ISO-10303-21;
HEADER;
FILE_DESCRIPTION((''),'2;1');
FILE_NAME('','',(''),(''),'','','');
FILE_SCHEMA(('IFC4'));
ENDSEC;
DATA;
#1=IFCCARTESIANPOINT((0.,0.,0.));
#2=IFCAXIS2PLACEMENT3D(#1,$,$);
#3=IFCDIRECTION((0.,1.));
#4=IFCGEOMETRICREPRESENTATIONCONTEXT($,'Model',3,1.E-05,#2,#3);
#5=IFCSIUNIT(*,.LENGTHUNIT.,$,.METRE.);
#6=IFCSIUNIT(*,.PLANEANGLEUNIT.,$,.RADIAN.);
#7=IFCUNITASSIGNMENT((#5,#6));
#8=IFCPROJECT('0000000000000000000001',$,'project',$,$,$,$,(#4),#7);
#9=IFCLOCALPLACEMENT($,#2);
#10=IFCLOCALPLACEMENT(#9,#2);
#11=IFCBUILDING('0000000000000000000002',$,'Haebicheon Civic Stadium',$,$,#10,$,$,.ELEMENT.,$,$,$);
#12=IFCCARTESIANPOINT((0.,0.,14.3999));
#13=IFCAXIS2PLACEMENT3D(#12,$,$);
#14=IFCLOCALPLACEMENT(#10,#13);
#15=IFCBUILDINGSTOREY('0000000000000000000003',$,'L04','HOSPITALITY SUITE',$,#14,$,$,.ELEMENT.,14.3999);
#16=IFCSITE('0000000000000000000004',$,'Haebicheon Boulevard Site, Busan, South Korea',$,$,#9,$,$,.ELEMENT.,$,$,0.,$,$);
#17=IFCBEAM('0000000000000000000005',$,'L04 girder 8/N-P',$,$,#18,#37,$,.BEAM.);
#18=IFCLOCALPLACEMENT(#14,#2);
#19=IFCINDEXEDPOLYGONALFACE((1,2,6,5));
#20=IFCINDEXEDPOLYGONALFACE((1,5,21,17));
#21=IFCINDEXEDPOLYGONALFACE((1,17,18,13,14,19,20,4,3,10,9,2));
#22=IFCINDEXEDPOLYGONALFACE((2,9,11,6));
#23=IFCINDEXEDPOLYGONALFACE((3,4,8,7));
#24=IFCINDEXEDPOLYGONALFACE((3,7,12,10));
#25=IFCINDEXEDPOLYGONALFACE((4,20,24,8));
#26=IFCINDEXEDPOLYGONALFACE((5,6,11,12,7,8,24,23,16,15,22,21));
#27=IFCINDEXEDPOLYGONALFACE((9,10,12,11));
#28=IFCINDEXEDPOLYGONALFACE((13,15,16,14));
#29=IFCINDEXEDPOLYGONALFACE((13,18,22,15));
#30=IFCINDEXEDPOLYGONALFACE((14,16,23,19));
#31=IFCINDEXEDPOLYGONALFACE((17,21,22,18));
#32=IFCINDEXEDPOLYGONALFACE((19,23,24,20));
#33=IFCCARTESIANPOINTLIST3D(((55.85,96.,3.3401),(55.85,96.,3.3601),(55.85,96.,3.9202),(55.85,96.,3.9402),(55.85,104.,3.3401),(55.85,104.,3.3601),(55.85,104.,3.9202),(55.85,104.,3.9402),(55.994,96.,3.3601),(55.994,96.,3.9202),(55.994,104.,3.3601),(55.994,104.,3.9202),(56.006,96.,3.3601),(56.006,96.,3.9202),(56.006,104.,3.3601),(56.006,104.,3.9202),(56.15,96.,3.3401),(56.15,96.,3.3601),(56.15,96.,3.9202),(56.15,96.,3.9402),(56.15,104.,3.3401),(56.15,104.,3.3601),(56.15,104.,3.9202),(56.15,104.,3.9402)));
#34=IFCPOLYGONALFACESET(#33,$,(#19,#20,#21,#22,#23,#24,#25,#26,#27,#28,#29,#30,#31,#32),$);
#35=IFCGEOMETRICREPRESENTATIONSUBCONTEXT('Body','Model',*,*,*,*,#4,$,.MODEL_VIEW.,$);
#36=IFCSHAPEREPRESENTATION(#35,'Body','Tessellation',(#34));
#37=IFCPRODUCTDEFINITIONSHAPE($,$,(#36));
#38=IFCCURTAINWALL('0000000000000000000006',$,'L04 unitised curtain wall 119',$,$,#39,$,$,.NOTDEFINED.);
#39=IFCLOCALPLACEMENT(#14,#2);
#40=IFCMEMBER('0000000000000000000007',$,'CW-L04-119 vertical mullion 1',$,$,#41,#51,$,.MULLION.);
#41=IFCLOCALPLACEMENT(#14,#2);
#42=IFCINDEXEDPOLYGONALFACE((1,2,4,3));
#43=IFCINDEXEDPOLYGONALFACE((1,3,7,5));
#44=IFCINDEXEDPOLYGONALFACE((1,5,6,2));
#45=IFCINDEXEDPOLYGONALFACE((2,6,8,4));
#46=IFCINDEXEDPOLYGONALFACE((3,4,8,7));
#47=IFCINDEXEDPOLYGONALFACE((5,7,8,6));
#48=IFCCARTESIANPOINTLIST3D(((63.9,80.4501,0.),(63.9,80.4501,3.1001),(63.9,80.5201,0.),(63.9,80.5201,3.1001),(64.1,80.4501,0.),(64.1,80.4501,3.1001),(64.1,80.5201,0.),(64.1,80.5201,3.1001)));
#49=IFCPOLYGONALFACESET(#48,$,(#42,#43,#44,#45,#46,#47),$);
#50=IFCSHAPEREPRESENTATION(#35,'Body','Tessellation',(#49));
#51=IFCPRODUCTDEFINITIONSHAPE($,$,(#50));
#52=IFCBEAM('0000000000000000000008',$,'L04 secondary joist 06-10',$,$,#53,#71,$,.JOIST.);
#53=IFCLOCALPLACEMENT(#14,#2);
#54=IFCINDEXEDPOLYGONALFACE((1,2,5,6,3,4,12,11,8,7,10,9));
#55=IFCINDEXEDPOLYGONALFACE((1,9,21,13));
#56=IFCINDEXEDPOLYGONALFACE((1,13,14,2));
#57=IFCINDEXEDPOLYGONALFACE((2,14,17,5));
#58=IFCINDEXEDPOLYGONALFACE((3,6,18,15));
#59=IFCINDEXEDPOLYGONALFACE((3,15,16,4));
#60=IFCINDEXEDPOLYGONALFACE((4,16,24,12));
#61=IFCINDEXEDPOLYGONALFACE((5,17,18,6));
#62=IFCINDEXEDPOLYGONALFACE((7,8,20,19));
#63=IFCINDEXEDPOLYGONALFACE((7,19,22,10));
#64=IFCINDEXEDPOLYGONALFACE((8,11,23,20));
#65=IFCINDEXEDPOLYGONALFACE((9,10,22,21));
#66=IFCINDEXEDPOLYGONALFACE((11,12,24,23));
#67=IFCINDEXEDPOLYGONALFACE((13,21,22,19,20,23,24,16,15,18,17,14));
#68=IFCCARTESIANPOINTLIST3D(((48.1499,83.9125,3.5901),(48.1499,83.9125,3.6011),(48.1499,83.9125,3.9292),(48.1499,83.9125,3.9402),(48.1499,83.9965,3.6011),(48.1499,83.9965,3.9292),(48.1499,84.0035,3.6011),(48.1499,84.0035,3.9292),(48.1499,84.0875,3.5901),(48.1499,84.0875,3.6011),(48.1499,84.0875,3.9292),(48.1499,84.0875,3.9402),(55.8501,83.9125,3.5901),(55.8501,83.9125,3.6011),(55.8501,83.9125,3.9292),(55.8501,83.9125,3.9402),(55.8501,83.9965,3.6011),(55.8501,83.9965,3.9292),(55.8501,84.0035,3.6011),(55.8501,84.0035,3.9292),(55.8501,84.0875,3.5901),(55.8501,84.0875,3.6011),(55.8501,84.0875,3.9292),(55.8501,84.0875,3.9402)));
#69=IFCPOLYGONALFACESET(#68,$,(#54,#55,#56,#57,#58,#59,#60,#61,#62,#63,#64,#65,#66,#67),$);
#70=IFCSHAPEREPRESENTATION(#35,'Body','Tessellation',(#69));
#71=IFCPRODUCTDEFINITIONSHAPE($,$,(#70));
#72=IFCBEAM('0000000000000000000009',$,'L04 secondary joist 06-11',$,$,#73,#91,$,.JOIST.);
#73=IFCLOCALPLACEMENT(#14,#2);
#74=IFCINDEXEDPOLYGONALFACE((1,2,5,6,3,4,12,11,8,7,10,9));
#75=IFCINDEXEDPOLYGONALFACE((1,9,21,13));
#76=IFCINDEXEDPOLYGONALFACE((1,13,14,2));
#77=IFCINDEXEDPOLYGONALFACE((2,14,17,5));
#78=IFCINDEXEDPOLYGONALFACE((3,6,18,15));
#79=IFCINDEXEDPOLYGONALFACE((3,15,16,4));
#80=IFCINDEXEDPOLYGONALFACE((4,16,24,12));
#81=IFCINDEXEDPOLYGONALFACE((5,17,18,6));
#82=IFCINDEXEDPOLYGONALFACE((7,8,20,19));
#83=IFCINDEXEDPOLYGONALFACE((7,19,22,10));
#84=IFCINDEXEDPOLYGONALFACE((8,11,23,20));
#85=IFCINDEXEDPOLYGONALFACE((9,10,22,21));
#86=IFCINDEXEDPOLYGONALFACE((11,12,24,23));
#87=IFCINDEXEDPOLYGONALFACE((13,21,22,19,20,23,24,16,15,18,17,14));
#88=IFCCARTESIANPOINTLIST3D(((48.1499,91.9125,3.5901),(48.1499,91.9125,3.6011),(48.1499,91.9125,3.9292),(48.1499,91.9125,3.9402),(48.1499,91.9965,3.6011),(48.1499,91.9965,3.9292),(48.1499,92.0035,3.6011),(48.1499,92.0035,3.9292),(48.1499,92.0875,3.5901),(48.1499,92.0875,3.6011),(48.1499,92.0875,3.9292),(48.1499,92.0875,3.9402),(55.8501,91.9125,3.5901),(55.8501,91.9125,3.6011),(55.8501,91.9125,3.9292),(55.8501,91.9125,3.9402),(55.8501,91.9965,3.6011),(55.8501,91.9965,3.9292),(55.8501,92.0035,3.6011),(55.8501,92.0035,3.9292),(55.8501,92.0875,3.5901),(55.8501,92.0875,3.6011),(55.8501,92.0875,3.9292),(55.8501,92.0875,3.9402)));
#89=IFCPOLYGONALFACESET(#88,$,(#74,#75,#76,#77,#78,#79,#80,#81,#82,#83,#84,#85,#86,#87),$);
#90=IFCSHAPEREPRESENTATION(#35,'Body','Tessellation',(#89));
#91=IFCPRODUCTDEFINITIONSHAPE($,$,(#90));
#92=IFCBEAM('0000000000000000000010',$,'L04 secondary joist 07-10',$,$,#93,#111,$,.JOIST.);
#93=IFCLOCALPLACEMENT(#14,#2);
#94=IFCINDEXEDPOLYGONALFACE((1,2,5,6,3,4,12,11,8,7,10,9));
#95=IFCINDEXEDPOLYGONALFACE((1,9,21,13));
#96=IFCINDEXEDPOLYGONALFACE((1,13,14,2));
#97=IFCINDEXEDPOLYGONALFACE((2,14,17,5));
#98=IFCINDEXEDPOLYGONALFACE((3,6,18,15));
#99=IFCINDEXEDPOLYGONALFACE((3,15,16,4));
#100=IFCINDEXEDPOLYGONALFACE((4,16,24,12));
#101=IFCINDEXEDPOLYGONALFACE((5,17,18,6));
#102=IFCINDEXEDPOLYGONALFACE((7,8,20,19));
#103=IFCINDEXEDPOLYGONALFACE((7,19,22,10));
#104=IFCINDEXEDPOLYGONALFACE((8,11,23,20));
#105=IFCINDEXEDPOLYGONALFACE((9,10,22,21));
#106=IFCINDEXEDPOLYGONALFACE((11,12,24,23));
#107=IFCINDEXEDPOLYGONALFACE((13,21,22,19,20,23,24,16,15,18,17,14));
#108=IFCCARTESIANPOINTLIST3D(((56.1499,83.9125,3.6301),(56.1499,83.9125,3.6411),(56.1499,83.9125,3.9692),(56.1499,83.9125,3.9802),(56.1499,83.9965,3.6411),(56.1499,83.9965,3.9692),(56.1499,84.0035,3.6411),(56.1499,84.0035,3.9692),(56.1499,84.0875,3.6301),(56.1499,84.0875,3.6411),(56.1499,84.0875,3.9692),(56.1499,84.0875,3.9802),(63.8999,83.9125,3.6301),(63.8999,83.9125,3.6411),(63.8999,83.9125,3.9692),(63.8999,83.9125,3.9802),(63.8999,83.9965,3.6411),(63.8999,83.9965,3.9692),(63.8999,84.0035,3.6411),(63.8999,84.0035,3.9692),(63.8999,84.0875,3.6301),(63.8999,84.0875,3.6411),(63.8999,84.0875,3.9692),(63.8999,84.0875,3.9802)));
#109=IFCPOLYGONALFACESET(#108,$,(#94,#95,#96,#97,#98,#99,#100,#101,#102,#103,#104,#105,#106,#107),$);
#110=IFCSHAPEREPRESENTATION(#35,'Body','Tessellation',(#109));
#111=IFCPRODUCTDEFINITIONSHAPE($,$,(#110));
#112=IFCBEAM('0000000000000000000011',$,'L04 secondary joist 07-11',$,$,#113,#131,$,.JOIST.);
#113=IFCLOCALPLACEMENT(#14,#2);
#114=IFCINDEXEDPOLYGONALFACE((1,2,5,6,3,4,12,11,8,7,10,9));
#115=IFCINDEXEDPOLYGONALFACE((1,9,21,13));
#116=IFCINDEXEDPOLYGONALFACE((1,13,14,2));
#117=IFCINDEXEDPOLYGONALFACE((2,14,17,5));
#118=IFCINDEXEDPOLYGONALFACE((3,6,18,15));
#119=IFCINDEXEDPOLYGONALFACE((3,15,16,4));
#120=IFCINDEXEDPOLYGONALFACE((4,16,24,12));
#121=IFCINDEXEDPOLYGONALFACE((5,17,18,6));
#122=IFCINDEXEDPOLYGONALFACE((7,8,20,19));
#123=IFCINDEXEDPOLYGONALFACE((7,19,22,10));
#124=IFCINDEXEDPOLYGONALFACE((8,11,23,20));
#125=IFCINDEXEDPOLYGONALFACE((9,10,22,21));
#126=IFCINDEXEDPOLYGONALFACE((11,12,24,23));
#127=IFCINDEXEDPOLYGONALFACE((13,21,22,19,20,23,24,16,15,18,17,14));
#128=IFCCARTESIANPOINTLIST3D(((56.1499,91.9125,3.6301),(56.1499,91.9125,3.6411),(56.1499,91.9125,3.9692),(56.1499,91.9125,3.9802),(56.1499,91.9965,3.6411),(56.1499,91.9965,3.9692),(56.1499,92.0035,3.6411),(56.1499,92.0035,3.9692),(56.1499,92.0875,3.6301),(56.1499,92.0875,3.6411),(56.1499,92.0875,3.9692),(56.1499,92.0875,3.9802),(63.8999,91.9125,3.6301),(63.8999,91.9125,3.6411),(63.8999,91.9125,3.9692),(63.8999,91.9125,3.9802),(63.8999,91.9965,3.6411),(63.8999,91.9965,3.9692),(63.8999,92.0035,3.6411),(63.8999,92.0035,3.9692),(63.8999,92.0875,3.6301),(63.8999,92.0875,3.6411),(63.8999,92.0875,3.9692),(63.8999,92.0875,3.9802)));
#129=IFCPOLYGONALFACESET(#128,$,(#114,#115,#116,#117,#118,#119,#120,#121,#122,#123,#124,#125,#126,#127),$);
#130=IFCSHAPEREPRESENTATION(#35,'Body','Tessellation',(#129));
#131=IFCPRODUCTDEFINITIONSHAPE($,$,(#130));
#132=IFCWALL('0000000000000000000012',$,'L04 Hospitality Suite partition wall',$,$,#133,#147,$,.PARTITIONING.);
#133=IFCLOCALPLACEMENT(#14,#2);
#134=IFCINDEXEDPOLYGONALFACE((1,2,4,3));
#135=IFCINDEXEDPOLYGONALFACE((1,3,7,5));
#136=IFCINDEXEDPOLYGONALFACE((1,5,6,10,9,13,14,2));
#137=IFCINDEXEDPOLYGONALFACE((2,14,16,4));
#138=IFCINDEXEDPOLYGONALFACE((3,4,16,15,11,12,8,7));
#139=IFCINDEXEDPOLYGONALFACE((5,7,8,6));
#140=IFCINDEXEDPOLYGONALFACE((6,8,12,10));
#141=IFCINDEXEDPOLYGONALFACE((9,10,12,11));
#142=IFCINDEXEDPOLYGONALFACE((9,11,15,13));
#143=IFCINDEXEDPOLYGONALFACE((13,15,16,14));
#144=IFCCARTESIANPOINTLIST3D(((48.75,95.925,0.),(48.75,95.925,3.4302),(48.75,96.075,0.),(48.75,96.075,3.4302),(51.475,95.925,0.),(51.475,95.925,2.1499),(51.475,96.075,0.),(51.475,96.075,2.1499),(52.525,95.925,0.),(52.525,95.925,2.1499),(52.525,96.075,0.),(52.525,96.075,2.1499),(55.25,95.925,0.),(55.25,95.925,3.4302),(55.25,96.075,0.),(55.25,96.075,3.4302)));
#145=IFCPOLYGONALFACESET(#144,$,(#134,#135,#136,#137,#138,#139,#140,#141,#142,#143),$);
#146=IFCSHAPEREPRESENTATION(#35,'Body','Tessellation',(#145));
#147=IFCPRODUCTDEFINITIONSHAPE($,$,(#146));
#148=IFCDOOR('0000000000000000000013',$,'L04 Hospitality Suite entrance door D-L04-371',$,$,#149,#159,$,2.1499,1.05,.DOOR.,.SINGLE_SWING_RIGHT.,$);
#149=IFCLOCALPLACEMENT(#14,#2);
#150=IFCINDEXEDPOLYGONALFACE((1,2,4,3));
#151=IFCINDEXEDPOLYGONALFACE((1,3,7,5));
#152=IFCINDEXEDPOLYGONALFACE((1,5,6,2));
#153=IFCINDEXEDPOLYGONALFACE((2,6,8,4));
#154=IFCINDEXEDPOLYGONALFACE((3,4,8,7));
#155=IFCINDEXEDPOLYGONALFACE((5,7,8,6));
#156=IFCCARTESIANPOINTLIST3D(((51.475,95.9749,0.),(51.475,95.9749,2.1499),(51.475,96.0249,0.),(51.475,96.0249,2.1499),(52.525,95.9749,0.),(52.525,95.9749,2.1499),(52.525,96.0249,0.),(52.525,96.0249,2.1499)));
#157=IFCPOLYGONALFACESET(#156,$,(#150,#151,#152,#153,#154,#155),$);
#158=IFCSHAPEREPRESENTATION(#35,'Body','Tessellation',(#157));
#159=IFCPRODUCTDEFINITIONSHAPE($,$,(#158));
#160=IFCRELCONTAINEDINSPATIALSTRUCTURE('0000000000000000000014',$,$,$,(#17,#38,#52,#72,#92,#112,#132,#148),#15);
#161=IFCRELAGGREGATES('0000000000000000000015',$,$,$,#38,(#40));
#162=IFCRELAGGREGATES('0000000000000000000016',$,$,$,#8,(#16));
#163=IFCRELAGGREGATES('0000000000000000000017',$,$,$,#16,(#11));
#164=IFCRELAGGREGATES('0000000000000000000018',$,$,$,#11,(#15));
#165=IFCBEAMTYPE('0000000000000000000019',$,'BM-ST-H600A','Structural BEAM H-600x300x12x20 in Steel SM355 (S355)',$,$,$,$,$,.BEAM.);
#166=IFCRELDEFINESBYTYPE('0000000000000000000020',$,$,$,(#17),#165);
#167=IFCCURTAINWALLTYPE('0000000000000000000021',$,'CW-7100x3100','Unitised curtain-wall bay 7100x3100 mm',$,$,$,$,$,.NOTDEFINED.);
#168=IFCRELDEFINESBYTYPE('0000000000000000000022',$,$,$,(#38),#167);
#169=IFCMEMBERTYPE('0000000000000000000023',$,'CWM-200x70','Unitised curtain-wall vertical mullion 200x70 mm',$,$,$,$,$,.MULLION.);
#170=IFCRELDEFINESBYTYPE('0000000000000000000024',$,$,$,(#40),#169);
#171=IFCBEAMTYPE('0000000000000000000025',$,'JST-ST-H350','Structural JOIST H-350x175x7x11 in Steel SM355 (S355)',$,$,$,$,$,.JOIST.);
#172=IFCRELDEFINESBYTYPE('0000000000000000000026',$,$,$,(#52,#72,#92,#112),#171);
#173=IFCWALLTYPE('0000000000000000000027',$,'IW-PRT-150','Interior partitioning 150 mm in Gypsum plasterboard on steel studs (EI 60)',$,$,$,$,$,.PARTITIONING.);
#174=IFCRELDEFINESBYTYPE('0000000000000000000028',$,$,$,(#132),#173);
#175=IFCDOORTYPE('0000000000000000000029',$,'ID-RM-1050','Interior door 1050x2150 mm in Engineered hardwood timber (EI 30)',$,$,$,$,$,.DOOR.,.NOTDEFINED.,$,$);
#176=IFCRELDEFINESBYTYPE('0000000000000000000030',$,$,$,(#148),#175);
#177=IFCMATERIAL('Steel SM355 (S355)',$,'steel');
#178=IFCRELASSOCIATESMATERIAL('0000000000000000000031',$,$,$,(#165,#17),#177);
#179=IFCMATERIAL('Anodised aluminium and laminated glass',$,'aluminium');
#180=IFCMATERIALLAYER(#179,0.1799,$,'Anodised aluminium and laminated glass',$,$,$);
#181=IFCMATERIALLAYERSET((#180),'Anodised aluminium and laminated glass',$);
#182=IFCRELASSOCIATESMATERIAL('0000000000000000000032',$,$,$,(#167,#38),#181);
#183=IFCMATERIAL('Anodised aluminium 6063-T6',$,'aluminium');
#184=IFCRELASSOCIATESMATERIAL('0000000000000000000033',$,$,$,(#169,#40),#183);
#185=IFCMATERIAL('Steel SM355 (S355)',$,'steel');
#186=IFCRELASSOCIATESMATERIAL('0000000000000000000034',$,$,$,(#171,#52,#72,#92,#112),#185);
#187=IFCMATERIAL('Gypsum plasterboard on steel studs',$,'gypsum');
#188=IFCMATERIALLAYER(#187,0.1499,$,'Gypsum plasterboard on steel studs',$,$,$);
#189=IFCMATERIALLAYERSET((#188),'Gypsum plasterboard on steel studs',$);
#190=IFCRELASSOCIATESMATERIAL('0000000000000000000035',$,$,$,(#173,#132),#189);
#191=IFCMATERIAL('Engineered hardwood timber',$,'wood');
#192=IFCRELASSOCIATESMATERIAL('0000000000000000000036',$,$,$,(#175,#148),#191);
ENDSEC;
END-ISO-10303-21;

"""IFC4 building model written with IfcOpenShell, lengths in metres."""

from ifc_helpers import new_model, si_unit, direction, frame, frame_2d, origin, origin_2d, place, context, subcontext, project, spatial, rectangle, i_section, extrude, material, layer, layer_set, material_profile, profile_set, type_object, element, fill, aggregate, save


model = new_model("IFC4")

# Units and contexts
model_context = context("Model", 3, precision=1e-05, world=origin(), true_north=direction((0.0, 1.0)))
body_context = subcontext(model_context, "Body", "Model", "MODEL_VIEW")
ifc_project = project(units=[si_unit("LENGTHUNIT", "METRE"), si_unit("PLANEANGLEUNIT", "RADIAN")], contexts=[model_context])

# Site, building, storey
site_placement = place(None, origin())
site = spatial("IfcSite", under=ifc_project, at=site_placement, Name="Haebicheon Boulevard Site, Busan, South Korea", CompositionType="ELEMENT", RefElevation=0.0)
building_placement = place(site_placement, origin())
building = spatial("IfcBuilding", under=site, at=building_placement, Name="Haebicheon Civic Stadium", CompositionType="ELEMENT")
storey_placement = place(building_placement, frame((0.0, 0.0, 14.3999)))
storey = spatial("IfcBuildingStorey", under=building, at=storey_placement, Name="L04", Description="HOSPITALITY SUITE", CompositionType="ELEMENT", Elevation=14.3999)

# Beam
ifc_material_1 = material(Name="Steel SM355 (S355)", Category="steel")
ifc_material_profile_1 = material_profile(ifc_material_1, i_section(OverallWidth=0.3, OverallDepth=0.6001, WebThickness=0.012, FlangeThickness=0.02, at=origin_2d()), Name="H-600x300x12x20")
ifc_profile_set_1 = profile_set([ifc_material_profile_1], Name="Steel SM355 (S355)")
beam_type_1 = type_object("IfcBeamType", Name="BM-ST-H600A", Description="Structural BEAM H-600x300x12x20 in Steel SM355 (S355)", PredefinedType="BEAM", material=ifc_profile_set_1)
for number, where, z_axis, x_axis, name in (
    (1, (56.0, 96.0, 3.6401), (0.0, 1.0, 0.0), (-1.0, 0.0, 0.0), "L04 girder 8/N-P"),
):
    element("IfcBeam", number, at=place(storey_placement, frame(where, z_axis=z_axis, x_axis=x_axis)), inside=storey, type_object=beam_type_1, material=ifc_profile_set_1, Name=name, PredefinedType="BEAM", context=body_context, shape_type="SweptSolid", body=[
        extrude(i_section(OverallWidth=0.3, OverallDepth=0.6001, WebThickness=0.012, FlangeThickness=0.02, at=origin_2d()), origin(), (0.0, 0.0, 1.0), 8.0),
    ])

# Curtain wall, member
ifc_material_2 = material(Name="Anodised aluminium and laminated glass", Category="aluminium")
ifc_layer_1 = layer(ifc_material_2, 0.1799, Name="Anodised aluminium and laminated glass")
ifc_layer_set_1 = layer_set([ifc_layer_1], Name="Anodised aluminium and laminated glass")
curtain_wall_type = type_object("IfcCurtainWallType", Name="CW-7100x3100", Description="Unitised curtain-wall bay 7100x3100 mm", PredefinedType="NOTDEFINED", material=ifc_layer_set_1)
curtain_wall_placement = place(storey_placement, origin())
curtain_wall = element("IfcCurtainWall", 2, at=curtain_wall_placement, inside=storey, type_object=curtain_wall_type, material=ifc_layer_set_1, Name="L04 unitised curtain wall 119", PredefinedType="NOTDEFINED")
ifc_material_3 = material(Name="Anodised aluminium 6063-T6", Category="aluminium")
ifc_material_profile_2 = material_profile(ifc_material_3, rectangle(XDim=0.0701, YDim=0.2, at=origin_2d()), Name="ALU-MULL-70x200")
ifc_profile_set_2 = profile_set([ifc_material_profile_2], Name="Anodised aluminium 6063-T6")
member_type = type_object("IfcMemberType", Name="CWM-200x70", Description="Unitised curtain-wall vertical mullion 200x70 mm", PredefinedType="MULLION", material=ifc_profile_set_2)
member_placement = place(storey_placement, frame((64.0, 80.4851, 0.0), z_axis=(0.0, 0.0, 1.0), x_axis=(0.0, 1.0, 0.0)))
member = element("IfcMember", 3, at=member_placement, type_object=member_type, material=ifc_profile_set_2, Name="CW-L04-119 vertical mullion 1", PredefinedType="MULLION", context=body_context, shape_type="SweptSolid", body=[
    extrude(rectangle(XDim=0.0701, YDim=0.2, at=origin_2d()), origin(), (0.0, 0.0, 1.0), 3.1001),
])
aggregate(curtain_wall, [member])

# Beams
ifc_material_4 = material(Name="Steel SM355 (S355)", Category="steel")
ifc_material_profile_3 = material_profile(ifc_material_4, i_section(OverallWidth=0.175, OverallDepth=0.3501, WebThickness=0.0071, FlangeThickness=0.011, at=origin_2d()), Name="H-350x175x7x11")
ifc_profile_set_3 = profile_set([ifc_material_profile_3], Name="Steel SM355 (S355)")
beam_type_2 = type_object("IfcBeamType", Name="JST-ST-H350", Description="Structural JOIST H-350x175x7x11 in Steel SM355 (S355)", PredefinedType="JOIST", material=ifc_profile_set_3)
for number, where, z_axis, x_axis, name in (
    (4, (48.1499, 84.0, 3.7651), (1.0, 0.0, 0.0), (0.0, 1.0, 0.0), "L04 secondary joist 06-10"),
    (5, (48.1499, 92.0, 3.7651), (1.0, 0.0, 0.0), (0.0, 1.0, 0.0), "L04 secondary joist 06-11"),
):
    element("IfcBeam", number, at=place(storey_placement, frame(where, z_axis=z_axis, x_axis=x_axis)), inside=storey, type_object=beam_type_2, material=ifc_profile_set_3, Name=name, PredefinedType="JOIST", context=body_context, shape_type="SweptSolid", body=[
        extrude(i_section(OverallWidth=0.175, OverallDepth=0.3501, WebThickness=0.0071, FlangeThickness=0.011, at=origin_2d()), origin(), (0.0, 0.0, 1.0), 7.7002),
    ])
for number, where, z_axis, x_axis, name in (
    (6, (56.1499, 84.0, 3.8052), (1.0, 0.0, 0.0), (0.0, 1.0, 0.0), "L04 secondary joist 07-10"),
    (7, (56.1499, 92.0, 3.8052), (1.0, 0.0, 0.0), (0.0, 1.0, 0.0), "L04 secondary joist 07-11"),
):
    element("IfcBeam", number, at=place(storey_placement, frame(where, z_axis=z_axis, x_axis=x_axis)), inside=storey, type_object=beam_type_2, material=ifc_profile_set_3, Name=name, PredefinedType="JOIST", context=body_context, shape_type="SweptSolid", body=[
        extrude(i_section(OverallWidth=0.175, OverallDepth=0.3501, WebThickness=0.0071, FlangeThickness=0.011, at=origin_2d()), origin(), (0.0, 0.0, 1.0), 7.75),
    ])

# Wall, opening, door
ifc_material_5 = material(Name="Gypsum plasterboard on steel studs", Category="gypsum")
ifc_layer_2 = layer(ifc_material_5, 0.1499, Name="Gypsum plasterboard on steel studs")
ifc_layer_set_2 = layer_set([ifc_layer_2], Name="Gypsum plasterboard on steel studs")
wall_type_1 = type_object("IfcWallType", Name="IW-PRT-150", Description="Interior partitioning 150 mm in Gypsum plasterboard on steel studs (EI 60)", PredefinedType="PARTITIONING", material=ifc_layer_set_2)
wall_1_placement = place(storey_placement, frame((48.75, 96.0, 0.0), z_axis=(0.0, 0.0, 1.0), x_axis=(1.0, 0.0, 0.0)))
wall_1 = element("IfcWall", 8, at=wall_1_placement, inside=storey, type_object=wall_type_1, material=ifc_layer_set_2, Name="L04 Hospitality Suite partition wall", PredefinedType="PARTITIONING", context=body_context, shape_type="SweptSolid", body=[
    extrude(rectangle(XDim=6.5, YDim=0.1499, at=frame_2d((3.25, 0.0))), origin(), (0.0, 0.0, 1.0), 3.4302),
])
opening_1_placement = place(wall_1_placement, frame((2.7251, 0.0, 0.0)))
opening_1 = element("IfcOpeningElement", 9, at=opening_1_placement, cuts=wall_1, PredefinedType="OPENING", context=body_context, shape_type="SweptSolid", body=[
    extrude(rectangle(XDim=1.05, YDim=2.1499, at=frame_2d((0.5249, 1.075))), frame((0.0, 0.085, 0.0), z_axis=(0.0, -1.0, 0.0), x_axis=(1.0, 0.0, 0.0)), (0.0, 0.0, 1.0), 0.1699),
])
ifc_material_6 = material(Name="Engineered hardwood timber", Category="wood")
door_type_1 = type_object("IfcDoorType", Name="ID-RM-1050", Description="Interior door 1050x2150 mm in Engineered hardwood timber (EI 30)", OperationType="NOTDEFINED", PredefinedType="DOOR", material=ifc_material_6)
door_1_placement = place(opening_1_placement, origin())
door_1 = element("IfcDoor", 10, at=door_1_placement, inside=storey, type_object=door_type_1, material=ifc_material_6, Name="L04 Hospitality Suite entrance door D-L04-371", OperationType="SINGLE_SWING_RIGHT", OverallHeight=2.1499, OverallWidth=1.05, PredefinedType="DOOR", context=body_context, shape_type="SweptSolid", body=[
    extrude(rectangle(XDim=1.05, YDim=2.1499, at=frame_2d((0.5249, 1.075))), frame((0.0, 0.0249, 0.0), z_axis=(0.0, -1.0, 0.0), x_axis=(1.0, 0.0, 0.0)), (0.0, 0.0, 1.0), 0.05),
])
fill(opening_1, door_1)

save(model, "model.ifc")
